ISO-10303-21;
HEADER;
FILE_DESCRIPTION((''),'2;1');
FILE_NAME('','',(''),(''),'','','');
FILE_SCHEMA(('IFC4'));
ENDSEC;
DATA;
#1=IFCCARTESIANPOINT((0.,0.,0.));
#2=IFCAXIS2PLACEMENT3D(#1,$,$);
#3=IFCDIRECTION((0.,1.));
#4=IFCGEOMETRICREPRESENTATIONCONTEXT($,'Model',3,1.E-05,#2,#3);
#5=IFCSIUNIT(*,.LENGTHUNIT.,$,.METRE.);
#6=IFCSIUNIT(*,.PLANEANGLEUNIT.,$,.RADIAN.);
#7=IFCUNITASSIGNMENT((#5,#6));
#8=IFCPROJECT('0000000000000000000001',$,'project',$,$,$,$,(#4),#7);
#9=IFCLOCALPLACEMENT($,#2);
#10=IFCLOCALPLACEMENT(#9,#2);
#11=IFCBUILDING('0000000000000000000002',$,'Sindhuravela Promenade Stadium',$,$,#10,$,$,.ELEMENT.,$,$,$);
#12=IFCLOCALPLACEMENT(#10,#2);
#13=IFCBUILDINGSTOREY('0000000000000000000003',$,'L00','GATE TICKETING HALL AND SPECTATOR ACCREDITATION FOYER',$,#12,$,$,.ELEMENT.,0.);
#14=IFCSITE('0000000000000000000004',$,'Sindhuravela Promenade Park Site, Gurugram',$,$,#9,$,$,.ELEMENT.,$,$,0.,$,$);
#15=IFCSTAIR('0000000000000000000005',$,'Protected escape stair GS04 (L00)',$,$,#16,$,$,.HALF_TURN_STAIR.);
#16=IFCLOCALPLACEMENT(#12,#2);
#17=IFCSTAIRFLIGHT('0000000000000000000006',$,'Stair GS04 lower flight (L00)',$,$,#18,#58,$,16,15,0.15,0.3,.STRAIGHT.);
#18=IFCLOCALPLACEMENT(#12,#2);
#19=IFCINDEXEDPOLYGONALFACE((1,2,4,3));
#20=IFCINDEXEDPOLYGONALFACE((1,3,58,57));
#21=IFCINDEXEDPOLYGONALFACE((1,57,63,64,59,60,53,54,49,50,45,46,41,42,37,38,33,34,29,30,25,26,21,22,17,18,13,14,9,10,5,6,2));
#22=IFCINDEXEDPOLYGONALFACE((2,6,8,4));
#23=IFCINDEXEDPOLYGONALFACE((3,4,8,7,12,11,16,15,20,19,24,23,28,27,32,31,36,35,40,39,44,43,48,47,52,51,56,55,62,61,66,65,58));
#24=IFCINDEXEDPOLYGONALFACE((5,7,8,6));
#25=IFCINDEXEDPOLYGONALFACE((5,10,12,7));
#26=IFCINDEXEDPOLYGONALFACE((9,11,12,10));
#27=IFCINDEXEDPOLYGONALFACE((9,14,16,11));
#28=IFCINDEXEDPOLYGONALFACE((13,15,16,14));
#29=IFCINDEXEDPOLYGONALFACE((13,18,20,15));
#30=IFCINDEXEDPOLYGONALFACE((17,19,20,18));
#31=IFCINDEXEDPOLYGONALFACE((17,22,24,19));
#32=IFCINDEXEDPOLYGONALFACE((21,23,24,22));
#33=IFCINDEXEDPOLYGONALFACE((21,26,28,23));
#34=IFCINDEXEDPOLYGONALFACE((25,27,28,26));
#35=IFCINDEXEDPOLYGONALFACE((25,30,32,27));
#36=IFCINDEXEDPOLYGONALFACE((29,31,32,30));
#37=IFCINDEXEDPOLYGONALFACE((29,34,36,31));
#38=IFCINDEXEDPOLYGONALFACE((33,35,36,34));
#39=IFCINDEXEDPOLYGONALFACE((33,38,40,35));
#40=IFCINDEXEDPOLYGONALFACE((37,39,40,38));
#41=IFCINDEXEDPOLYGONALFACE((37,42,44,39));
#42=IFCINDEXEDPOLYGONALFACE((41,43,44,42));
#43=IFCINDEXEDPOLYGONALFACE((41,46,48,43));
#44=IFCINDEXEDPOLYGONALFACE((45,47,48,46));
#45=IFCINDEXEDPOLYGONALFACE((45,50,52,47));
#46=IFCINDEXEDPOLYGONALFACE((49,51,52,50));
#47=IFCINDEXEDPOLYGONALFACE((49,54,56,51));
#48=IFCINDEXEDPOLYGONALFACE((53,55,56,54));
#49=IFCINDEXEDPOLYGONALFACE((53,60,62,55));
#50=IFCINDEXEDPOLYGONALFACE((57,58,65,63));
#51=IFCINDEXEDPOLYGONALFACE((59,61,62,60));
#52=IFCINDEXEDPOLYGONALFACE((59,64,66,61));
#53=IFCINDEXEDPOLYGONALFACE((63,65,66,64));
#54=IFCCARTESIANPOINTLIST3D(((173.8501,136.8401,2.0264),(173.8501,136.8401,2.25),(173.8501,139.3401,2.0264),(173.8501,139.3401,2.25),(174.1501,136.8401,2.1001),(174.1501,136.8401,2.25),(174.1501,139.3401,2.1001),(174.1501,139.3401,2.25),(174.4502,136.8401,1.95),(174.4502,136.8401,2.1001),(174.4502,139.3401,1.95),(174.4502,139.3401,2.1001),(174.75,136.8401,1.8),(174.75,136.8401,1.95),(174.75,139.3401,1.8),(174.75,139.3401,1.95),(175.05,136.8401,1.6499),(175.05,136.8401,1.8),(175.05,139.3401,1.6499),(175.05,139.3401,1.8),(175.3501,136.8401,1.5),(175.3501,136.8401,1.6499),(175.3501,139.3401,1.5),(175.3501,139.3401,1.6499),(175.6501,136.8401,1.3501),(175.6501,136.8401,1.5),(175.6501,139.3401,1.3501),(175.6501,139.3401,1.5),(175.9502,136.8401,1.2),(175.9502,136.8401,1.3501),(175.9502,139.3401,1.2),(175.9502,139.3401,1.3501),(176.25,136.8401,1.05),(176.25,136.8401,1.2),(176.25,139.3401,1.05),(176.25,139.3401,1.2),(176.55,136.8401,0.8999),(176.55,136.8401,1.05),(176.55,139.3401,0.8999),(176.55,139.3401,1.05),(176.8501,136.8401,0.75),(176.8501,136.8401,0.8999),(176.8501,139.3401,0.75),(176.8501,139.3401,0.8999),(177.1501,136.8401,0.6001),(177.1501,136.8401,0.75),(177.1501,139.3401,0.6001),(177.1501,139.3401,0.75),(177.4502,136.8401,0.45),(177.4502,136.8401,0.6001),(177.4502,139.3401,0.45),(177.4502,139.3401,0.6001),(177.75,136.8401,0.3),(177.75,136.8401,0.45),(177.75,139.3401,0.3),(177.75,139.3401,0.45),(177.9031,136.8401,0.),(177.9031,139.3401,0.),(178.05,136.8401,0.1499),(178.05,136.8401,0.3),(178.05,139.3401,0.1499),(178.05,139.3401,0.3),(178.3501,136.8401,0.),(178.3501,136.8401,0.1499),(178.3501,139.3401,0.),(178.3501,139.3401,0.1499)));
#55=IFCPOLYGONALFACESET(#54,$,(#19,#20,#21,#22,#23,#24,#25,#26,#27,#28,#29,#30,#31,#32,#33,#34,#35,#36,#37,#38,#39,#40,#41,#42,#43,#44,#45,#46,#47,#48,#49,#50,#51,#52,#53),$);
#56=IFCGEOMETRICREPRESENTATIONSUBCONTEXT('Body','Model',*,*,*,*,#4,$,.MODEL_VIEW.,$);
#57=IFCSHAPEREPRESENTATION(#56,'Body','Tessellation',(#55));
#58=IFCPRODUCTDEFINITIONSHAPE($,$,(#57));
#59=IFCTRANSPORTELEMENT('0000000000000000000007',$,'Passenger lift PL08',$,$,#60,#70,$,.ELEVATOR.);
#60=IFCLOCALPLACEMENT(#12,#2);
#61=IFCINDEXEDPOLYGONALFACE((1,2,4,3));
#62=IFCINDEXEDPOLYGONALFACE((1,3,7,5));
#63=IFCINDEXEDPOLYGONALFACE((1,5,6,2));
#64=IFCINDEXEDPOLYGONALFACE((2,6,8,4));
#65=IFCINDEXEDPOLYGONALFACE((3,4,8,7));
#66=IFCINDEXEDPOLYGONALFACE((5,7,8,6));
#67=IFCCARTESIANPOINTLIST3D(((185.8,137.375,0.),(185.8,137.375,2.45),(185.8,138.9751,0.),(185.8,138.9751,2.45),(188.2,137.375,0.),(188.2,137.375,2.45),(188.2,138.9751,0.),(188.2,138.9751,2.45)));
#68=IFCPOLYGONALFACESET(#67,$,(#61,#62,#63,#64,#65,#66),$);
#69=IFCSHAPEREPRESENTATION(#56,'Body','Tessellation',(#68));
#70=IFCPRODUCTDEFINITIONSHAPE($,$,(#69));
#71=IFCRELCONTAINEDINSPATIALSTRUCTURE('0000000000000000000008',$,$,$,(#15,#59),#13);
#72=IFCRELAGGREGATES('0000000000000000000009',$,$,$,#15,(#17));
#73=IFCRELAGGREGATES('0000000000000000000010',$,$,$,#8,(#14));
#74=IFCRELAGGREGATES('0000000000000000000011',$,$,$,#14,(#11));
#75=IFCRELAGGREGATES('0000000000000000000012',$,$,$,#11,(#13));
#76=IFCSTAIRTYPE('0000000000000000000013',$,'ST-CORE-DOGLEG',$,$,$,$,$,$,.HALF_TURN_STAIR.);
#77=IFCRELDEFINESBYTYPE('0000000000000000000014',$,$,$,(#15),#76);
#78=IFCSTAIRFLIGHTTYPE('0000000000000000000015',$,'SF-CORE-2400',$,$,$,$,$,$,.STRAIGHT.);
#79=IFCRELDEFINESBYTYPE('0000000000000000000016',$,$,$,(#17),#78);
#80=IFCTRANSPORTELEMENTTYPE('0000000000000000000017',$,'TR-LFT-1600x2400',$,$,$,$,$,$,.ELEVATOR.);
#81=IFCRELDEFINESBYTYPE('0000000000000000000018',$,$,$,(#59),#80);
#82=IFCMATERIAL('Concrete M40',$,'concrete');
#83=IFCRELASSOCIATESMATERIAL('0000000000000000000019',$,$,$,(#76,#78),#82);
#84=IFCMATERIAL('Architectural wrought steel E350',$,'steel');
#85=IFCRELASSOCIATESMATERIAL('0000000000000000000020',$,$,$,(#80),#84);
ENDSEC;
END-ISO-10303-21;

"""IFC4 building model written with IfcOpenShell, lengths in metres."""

from ifc_helpers import new_model, si_unit, direction, frame, origin, origin_2d, place, context, subcontext, project, spatial, polyline, rectangle, outline, extrude, material, type_object, element, aggregate, save


model = new_model("IFC4")

# Units and contexts
model_context = context("Model", 3, precision=1e-05, world=origin(), true_north=direction((0.0, 1.0)))
body_context = subcontext(model_context, "Body", "Model", "MODEL_VIEW")
ifc_project = project(units=[si_unit("LENGTHUNIT", "METRE"), si_unit("PLANEANGLEUNIT", "RADIAN")], contexts=[model_context])

# Site, building, storey
site_placement = place(None, origin())
site = spatial("IfcSite", under=ifc_project, at=site_placement, Name="Sindhuravela Promenade Park Site, Gurugram", CompositionType="ELEMENT", RefElevation=0.0)
building_placement = place(site_placement, origin())
building = spatial("IfcBuilding", under=site, at=building_placement, Name="Sindhuravela Promenade Stadium", CompositionType="ELEMENT")
storey_placement = place(building_placement, origin())
storey = spatial("IfcBuildingStorey", under=building, at=storey_placement, Name="L00", Description="GATE TICKETING HALL AND SPECTATOR ACCREDITATION FOYER", CompositionType="ELEMENT", Elevation=0.0)

# Shared definitions
ifc_material_1 = material(Name="Concrete M40", Category="concrete")

# Shared definitions
ifc_material_2 = material(Name="Architectural wrought steel E350", Category="steel")

# Stair, stair flight
stair_type = type_object("IfcStairType", Name="ST-CORE-DOGLEG", PredefinedType="HALF_TURN_STAIR", material=ifc_material_1)
stair_placement = place(storey_placement, origin())
stair = element("IfcStair", 1, at=stair_placement, inside=storey, type_object=stair_type, Name="Protected escape stair GS04 (L00)", PredefinedType="HALF_TURN_STAIR")
stair_flight_type = type_object("IfcStairFlightType", Name="SF-CORE-2400", PredefinedType="STRAIGHT", material=ifc_material_1)
stair_flight_placement = place(storey_placement, frame((178.3501, 138.0901, 0.0), z_axis=(0.0, 0.0, 1.0), x_axis=(-1.0, 0.0, 0.0)))
stair_flight = element("IfcStairFlight", 2, at=stair_flight_placement, type_object=stair_flight_type, Name="Stair GS04 lower flight (L00)", NumberOfRisers=16, NumberOfTreads=15, PredefinedType="STRAIGHT", RiserHeight=0.15, TreadLength=0.3, context=body_context, shape_type="SweptSolid", body=[
    extrude(outline(polyline([(0.0, 0.0), (0.0, 0.1499), (0.3, 0.1499), (0.3, 0.3), (0.6001, 0.3), (0.6001, 0.45), (0.8999, 0.45), (0.8999, 0.6001), (1.2, 0.6001), (1.2, 0.75), (1.5, 0.75), (1.5, 0.8999), (1.8, 0.8999), (1.8, 1.05), (2.1001, 1.05), (2.1001, 1.2), (2.3999, 1.2), (2.3999, 1.3501), (2.7, 1.3501), (2.7, 1.5), (3.0, 1.5), (3.0, 1.6499), (3.3, 1.6499), (3.3, 1.8), (3.6001, 1.8), (3.6001, 1.95), (3.8999, 1.95), (3.8999, 2.1001), (4.2, 2.1001), (4.2, 2.25), (4.5, 2.25), (4.5, 2.3999), (4.5, 2.0264), (0.447, 0.0), (0.0, 0.0)])), frame((0.0, 1.25, 0.0), z_axis=(0.0, -1.0, 0.0), x_axis=(1.0, 0.0, 0.0)), (0.0, 0.0, 1.0), 2.5),
])
aggregate(stair, [stair_flight])

# Transport element
transport_element_type = type_object("IfcTransportElementType", Name="TR-LFT-1600x2400", PredefinedType="ELEVATOR", material=ifc_material_2)
transport_element_placement = place(storey_placement, frame((187.0, 138.175, 0.0), z_axis=(0.0, 0.0, 1.0), x_axis=(1.0, 0.0, 0.0)))
element("IfcTransportElement", 3, at=transport_element_placement, inside=storey, type_object=transport_element_type, Name="Passenger lift PL08", PredefinedType="ELEVATOR", context=body_context, shape_type="SweptSolid", body=[
    extrude(rectangle(XDim=2.3999, YDim=1.6001, at=origin_2d()), origin(), (0.0, 0.0, 1.0), 2.45),
])

save(model, "model.ifc")
